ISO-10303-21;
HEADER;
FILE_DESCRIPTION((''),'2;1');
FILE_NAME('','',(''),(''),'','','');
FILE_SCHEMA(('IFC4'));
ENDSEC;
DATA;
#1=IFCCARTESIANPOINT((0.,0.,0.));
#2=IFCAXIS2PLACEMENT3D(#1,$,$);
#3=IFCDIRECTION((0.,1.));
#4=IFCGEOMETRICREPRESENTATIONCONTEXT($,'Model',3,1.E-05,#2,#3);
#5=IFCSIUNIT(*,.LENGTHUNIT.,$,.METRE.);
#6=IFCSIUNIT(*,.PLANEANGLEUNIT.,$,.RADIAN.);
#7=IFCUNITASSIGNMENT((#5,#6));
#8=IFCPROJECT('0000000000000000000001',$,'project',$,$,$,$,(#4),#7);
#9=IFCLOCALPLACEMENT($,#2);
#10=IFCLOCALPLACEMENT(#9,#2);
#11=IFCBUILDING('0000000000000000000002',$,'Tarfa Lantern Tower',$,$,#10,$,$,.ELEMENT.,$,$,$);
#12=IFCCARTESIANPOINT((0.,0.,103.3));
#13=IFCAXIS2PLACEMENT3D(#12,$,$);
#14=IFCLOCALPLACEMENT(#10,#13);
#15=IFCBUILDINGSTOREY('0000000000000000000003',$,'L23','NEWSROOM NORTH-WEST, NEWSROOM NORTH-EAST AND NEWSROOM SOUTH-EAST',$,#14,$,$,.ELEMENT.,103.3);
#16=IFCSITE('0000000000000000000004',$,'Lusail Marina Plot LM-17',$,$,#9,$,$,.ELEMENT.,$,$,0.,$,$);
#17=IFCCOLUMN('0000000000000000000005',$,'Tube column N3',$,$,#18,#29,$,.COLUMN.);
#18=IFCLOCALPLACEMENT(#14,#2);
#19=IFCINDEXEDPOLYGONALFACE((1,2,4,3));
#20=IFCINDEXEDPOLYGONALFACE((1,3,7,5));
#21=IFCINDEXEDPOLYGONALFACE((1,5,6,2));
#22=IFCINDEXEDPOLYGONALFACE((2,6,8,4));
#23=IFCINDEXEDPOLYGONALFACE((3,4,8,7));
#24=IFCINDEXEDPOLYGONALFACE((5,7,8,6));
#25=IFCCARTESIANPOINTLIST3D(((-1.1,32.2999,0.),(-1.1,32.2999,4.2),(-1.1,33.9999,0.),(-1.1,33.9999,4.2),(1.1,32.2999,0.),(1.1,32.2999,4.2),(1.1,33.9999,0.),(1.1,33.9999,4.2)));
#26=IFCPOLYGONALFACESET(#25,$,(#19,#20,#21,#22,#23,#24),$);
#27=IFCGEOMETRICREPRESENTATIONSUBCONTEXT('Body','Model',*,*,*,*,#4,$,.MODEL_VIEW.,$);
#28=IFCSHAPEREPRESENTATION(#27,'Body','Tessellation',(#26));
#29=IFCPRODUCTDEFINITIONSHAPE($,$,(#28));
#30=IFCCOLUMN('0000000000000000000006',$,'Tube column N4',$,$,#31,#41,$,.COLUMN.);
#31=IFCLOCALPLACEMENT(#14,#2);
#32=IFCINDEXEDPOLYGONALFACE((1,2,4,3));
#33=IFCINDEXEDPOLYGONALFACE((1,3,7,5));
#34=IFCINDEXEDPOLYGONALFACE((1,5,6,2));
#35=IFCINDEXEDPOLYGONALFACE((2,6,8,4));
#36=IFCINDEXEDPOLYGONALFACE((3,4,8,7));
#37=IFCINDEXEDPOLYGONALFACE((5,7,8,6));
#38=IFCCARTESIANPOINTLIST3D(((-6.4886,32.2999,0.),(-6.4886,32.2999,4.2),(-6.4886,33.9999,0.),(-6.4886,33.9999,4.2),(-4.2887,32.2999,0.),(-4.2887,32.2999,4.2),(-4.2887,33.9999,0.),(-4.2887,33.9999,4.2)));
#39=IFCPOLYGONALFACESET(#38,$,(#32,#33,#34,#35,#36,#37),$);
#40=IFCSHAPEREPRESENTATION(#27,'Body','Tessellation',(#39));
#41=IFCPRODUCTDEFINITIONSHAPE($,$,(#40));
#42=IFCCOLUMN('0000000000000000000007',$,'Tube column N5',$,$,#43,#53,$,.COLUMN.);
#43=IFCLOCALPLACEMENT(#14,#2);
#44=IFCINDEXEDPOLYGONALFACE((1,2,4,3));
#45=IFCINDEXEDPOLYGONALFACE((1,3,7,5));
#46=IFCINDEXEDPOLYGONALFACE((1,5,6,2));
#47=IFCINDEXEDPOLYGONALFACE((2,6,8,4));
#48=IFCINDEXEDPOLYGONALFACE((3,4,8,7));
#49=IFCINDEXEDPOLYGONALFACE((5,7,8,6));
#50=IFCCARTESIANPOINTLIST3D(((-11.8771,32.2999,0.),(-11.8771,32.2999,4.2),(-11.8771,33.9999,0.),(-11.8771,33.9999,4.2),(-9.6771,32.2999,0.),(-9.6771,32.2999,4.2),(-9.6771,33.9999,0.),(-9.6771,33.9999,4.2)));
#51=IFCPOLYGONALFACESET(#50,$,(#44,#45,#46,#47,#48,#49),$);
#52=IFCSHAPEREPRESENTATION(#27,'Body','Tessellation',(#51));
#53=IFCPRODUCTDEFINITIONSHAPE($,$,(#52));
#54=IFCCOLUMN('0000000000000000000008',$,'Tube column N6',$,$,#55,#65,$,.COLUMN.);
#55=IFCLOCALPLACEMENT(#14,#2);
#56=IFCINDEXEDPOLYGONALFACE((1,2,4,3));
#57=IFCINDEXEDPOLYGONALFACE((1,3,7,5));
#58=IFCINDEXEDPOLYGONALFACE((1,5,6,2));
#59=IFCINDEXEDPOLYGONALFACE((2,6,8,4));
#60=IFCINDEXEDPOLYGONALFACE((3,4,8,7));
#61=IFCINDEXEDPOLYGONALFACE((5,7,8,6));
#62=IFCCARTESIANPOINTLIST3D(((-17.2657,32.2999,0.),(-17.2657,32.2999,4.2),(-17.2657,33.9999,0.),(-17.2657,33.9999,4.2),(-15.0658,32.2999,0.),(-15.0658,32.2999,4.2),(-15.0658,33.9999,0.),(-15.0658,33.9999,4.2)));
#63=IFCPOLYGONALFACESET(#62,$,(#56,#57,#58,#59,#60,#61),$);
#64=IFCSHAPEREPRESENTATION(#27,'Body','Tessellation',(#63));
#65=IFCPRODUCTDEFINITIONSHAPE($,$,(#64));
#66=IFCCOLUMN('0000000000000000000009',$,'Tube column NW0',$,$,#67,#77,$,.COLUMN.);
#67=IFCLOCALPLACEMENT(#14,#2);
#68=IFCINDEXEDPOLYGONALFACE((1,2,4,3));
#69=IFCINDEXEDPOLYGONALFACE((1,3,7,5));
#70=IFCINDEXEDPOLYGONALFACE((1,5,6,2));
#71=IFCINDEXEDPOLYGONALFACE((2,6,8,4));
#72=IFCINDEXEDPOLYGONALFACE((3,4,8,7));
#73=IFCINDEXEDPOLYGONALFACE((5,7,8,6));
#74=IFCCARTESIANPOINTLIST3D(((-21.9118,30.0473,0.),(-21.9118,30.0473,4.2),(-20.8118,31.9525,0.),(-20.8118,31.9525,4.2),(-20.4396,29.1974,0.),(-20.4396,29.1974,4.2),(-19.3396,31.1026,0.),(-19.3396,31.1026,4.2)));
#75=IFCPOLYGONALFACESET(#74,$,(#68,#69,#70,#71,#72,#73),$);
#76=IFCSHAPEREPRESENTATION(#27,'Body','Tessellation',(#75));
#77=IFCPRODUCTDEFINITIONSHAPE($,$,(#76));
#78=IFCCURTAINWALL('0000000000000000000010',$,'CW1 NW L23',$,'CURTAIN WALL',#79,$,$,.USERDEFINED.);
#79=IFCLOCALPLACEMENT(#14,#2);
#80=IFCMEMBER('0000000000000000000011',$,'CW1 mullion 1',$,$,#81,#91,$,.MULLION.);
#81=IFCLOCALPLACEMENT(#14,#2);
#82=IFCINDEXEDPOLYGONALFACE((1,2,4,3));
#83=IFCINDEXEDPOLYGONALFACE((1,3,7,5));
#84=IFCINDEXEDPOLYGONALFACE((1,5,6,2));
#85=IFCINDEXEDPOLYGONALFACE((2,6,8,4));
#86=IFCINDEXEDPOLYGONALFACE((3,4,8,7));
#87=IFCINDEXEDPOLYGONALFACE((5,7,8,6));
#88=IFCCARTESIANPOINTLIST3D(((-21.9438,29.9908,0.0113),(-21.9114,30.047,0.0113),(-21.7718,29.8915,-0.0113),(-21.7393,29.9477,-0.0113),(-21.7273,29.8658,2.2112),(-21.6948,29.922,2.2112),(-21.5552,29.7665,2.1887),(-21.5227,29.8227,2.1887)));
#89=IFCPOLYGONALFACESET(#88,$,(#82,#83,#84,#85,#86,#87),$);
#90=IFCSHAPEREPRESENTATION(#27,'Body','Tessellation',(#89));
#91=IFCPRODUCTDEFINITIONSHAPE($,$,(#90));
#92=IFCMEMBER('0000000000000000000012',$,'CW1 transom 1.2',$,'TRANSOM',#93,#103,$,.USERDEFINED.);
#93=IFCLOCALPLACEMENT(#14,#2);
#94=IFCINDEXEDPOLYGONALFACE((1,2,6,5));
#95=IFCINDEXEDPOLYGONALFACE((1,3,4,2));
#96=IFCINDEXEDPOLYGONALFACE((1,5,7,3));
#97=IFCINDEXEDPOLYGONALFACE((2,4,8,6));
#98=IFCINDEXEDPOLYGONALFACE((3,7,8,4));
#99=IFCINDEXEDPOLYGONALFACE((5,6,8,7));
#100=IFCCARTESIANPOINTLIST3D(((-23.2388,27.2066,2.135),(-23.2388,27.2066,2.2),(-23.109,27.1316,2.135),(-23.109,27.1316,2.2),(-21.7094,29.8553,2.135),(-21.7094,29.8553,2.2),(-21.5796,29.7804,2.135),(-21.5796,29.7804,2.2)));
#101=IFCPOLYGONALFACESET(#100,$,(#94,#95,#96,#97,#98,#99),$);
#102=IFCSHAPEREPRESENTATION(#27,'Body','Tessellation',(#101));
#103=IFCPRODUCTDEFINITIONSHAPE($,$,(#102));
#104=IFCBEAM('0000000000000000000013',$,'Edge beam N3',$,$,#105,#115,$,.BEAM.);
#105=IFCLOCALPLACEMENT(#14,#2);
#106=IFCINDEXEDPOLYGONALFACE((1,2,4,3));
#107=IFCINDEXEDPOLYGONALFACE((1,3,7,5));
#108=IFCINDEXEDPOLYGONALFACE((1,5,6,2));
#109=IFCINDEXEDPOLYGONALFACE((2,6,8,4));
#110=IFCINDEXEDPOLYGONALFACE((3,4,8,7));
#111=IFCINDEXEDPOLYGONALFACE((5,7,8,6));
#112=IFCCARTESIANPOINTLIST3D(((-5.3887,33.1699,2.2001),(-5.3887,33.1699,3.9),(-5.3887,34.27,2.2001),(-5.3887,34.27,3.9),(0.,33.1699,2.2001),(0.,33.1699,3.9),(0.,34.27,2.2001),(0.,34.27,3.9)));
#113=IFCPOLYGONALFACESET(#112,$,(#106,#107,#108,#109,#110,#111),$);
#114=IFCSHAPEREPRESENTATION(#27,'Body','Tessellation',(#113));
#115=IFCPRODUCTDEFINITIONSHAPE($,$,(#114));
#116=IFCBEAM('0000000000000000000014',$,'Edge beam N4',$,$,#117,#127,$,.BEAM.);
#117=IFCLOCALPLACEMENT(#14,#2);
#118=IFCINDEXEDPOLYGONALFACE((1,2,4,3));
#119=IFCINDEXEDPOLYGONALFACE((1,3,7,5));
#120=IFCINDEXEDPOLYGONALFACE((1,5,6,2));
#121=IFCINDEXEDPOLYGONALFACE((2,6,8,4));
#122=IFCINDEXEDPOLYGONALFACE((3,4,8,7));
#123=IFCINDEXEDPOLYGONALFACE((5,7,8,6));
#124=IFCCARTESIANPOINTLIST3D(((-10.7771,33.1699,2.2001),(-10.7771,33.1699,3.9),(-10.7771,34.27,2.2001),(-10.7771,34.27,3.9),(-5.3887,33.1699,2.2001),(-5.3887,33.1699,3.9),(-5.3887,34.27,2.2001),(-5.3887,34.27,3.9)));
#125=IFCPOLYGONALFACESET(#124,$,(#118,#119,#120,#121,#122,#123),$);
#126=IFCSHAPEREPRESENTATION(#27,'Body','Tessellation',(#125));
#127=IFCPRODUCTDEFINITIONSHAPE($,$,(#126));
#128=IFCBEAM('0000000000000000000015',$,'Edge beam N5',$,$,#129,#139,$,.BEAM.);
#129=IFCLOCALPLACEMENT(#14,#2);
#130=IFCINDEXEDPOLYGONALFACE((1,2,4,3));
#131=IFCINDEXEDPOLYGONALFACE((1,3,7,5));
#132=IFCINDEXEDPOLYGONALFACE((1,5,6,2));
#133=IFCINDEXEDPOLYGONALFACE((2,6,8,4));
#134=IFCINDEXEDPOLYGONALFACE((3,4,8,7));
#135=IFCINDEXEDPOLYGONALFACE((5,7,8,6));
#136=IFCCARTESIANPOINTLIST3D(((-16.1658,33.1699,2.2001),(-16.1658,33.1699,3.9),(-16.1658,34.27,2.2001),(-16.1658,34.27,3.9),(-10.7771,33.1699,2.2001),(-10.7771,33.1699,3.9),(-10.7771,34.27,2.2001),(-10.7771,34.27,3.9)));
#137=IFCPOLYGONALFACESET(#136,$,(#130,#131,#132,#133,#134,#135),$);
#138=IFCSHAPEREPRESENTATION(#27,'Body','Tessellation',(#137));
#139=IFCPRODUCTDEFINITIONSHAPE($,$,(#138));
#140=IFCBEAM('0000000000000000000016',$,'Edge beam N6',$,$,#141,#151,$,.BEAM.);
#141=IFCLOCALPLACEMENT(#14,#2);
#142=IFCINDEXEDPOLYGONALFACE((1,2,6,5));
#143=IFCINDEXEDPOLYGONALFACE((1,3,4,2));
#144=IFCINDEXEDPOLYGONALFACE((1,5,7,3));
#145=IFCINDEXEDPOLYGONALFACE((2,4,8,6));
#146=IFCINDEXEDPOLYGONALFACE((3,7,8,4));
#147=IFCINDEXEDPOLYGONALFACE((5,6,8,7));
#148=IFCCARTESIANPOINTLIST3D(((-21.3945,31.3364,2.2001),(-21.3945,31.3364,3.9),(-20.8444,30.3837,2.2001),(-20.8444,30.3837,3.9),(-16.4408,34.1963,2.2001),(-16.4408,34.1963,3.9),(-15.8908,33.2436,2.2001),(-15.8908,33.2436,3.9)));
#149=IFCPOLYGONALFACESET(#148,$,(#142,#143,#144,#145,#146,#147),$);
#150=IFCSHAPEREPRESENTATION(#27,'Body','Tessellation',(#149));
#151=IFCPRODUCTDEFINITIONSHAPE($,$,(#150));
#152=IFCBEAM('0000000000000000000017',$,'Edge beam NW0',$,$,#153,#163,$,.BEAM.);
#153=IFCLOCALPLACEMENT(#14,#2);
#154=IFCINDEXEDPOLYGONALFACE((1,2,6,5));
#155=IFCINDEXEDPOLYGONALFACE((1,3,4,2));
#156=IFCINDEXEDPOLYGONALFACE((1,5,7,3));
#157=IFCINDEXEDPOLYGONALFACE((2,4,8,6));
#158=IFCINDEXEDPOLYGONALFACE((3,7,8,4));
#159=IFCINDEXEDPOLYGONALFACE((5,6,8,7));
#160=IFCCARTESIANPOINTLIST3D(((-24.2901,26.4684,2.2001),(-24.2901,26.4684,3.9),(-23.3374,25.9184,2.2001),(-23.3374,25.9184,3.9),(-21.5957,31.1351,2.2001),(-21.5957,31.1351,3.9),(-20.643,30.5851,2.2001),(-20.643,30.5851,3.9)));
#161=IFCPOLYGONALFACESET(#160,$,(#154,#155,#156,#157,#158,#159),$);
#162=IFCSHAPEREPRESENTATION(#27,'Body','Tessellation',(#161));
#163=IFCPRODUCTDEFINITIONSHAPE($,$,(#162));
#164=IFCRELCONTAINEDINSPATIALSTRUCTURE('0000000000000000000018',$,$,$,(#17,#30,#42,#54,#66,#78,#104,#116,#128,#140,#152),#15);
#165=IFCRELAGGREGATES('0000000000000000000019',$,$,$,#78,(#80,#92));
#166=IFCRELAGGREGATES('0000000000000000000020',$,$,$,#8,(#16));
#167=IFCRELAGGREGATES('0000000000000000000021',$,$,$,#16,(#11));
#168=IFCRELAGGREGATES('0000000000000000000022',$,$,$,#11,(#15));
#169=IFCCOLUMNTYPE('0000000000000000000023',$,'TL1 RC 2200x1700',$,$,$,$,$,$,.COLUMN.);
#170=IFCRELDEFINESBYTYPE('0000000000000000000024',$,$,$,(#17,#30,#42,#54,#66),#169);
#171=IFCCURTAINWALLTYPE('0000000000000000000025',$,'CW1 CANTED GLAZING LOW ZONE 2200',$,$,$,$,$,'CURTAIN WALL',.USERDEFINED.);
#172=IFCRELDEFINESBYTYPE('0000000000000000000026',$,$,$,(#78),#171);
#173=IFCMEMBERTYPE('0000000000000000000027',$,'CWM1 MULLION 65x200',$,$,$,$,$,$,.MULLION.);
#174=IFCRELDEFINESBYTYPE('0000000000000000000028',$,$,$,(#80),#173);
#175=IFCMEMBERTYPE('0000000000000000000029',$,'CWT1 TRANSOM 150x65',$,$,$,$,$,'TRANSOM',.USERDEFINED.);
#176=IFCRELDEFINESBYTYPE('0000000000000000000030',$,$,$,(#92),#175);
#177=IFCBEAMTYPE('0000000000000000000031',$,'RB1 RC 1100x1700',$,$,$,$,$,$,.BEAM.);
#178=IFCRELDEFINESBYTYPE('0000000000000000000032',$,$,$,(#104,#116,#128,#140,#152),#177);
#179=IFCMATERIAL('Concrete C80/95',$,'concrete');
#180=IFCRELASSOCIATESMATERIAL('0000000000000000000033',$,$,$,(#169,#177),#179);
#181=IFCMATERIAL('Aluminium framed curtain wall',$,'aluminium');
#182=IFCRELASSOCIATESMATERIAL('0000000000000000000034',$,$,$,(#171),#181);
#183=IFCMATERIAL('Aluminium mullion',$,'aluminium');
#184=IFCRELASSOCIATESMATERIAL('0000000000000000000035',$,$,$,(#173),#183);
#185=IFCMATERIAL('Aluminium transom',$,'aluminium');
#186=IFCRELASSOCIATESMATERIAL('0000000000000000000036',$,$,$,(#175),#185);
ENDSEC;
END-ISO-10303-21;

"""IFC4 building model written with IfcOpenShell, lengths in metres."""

from ifc_helpers import new_model, si_unit, direction, frame, origin, origin_2d, place, context, subcontext, project, spatial, rectangle, extrude, material, material_profile, profile_set, type_object, element, aggregate, save


model = new_model("IFC4")

# Units and contexts
model_context = context("Model", 3, precision=1e-05, world=origin(), true_north=direction((0.0, 1.0)))
body_context = subcontext(model_context, "Body", "Model", "MODEL_VIEW")
ifc_project = project(units=[si_unit("LENGTHUNIT", "METRE"), si_unit("PLANEANGLEUNIT", "RADIAN")], contexts=[model_context])

# Site, building, storey
site_placement = place(None, origin())
site = spatial("IfcSite", under=ifc_project, at=site_placement, Name="Lusail Marina Plot LM-17", CompositionType="ELEMENT", RefElevation=0.0)
building_placement = place(site_placement, origin())
building = spatial("IfcBuilding", under=site, at=building_placement, Name="Tarfa Lantern Tower", CompositionType="ELEMENT")
storey_placement = place(building_placement, frame((0.0, 0.0, 103.3)))
storey = spatial("IfcBuildingStorey", under=building, at=storey_placement, Name="L23", Description="NEWSROOM NORTH-WEST, NEWSROOM NORTH-EAST AND NEWSROOM SOUTH-EAST", CompositionType="ELEMENT", Elevation=103.3)

# Columns
ifc_material_1 = material(Name="Concrete C80/95", Category="concrete")
ifc_material_profile_1 = material_profile(ifc_material_1, rectangle(XDim=2.2, YDim=1.7, at=origin_2d()), Name="RC 2200x1700")
ifc_profile_set_1 = profile_set([ifc_material_profile_1], Name="Concrete C80/95")
column_type = type_object("IfcColumnType", Name="TL1 RC 2200x1700", PredefinedType="COLUMN", material=ifc_profile_set_1)
for number, where, z_axis, x_axis, name in (
    (1, (0.0, 33.1499, 0.0), (0.0, 0.0, 1.0), (-1.0, 0.0, 0.0), "Tube column N3"),
    (2, (-5.3887, 33.1499, 0.0), (0.0, 0.0, 1.0), (-1.0, 0.0, 0.0), "Tube column N4"),
    (3, (-10.7771, 33.1499, 0.0), (0.0, 0.0, 1.0), (-1.0, 0.0, 0.0), "Tube column N5"),
    (4, (-16.1658, 33.1499, 0.0), (0.0, 0.0, 1.0), (-1.0, 0.0, 0.0), "Tube column N6"),
    (5, (-20.6257, 30.575, 0.0), (0.0, 0.0, 1.0), (-0.5, -0.866025, 0.0), "Tube column NW0"),
):
    element("IfcColumn", number, at=place(storey_placement, frame(where, z_axis=z_axis, x_axis=x_axis)), inside=storey, type_object=column_type, Name=name, PredefinedType="COLUMN", context=body_context, shape_type="SweptSolid", body=[
        extrude(rectangle(XDim=2.2, YDim=1.7, at=origin_2d()), origin(), (0.0, 0.0, 1.0), 4.2),
    ])

# Curtain wall, members
ifc_material_2 = material(Name="Aluminium framed curtain wall", Category="aluminium")
curtain_wall_type = type_object("IfcCurtainWallType", Name="CW1 CANTED GLAZING LOW ZONE 2200", ElementType="CURTAIN WALL", PredefinedType="USERDEFINED", material=ifc_material_2)
curtain_wall_placement = place(storey_placement, origin())
curtain_wall = element("IfcCurtainWall", 6, at=curtain_wall_placement, inside=storey, type_object=curtain_wall_type, Name="CW1 NW L23", ObjectType="CURTAIN WALL", PredefinedType="USERDEFINED")
ifc_material_3 = material(Name="Aluminium mullion", Category="aluminium")
ifc_material_profile_2 = material_profile(ifc_material_3, rectangle(XDim=0.0649, YDim=0.2, at=origin_2d()), Name="AL MULLION 65x200")
ifc_profile_set_2 = profile_set([ifc_material_profile_2], Name="Aluminium mullion")
member_type_1 = type_object("IfcMemberType", Name="CWM1 MULLION 65x200", PredefinedType="MULLION", material=ifc_profile_set_2)
member_1_placement = place(storey_placement, frame((-21.8416, 29.9692, 0.0), z_axis=(0.097806, -0.056456, 0.993603), x_axis=(0.49992, 0.866072, 0.0)))
member_1 = element("IfcMember", 7, at=member_1_placement, type_object=member_type_1, Name="CW1 mullion 1", PredefinedType="MULLION", context=body_context, shape_type="SweptSolid", body=[
    extrude(rectangle(XDim=0.0649, YDim=0.2, at=origin_2d()), origin(), (0.0, 0.0, 1.0), 2.2141),
])
ifc_material_4 = material(Name="Aluminium transom", Category="aluminium")
ifc_material_profile_3 = material_profile(ifc_material_4, rectangle(XDim=0.1499, YDim=0.0649, at=origin_2d()), Name="AL TRANSOM 150x65")
ifc_profile_set_3 = profile_set([ifc_material_profile_3], Name="Aluminium transom")
member_type_2 = type_object("IfcMemberType", Name="CWT1 TRANSOM 150x65", ElementType="TRANSOM", PredefinedType="USERDEFINED", material=ifc_profile_set_3)
member_2_placement = place(storey_placement, frame((-21.6445, 29.8179, 2.1675), z_axis=(-0.50002, -0.866014, 0.0), x_axis=(0.866014, -0.50002, 0.0)))
member_2 = element("IfcMember", 8, at=member_2_placement, type_object=member_type_2, Name="CW1 transom 1.2", ObjectType="TRANSOM", PredefinedType="USERDEFINED", context=body_context, shape_type="SweptSolid", body=[
    extrude(rectangle(XDim=0.1499, YDim=0.0649, at=origin_2d()), origin(), (0.0, 0.0, 1.0), 3.0586),
])
aggregate(curtain_wall, [member_1, member_2])

# Beams
ifc_material_profile_4 = material_profile(ifc_material_1, rectangle(XDim=1.1001, YDim=1.7, at=origin_2d()), Name="RC 1100x1700")
ifc_profile_set_4 = profile_set([ifc_material_profile_4], Name="Concrete C80/95")
beam_type_1 = type_object("IfcBeamType", Name="RB1 RC 1100x1700", PredefinedType="BEAM", material=ifc_profile_set_4)
beam_1_placement = place(storey_placement, frame((0.0, 33.72, 3.05), z_axis=(-1.0, 0.0, 0.0), x_axis=(0.0, -1.0, 0.0)))
element("IfcBeam", 9, at=beam_1_placement, inside=storey, type_object=beam_type_1, Name="Edge beam N3", PredefinedType="BEAM", context=body_context, shape_type="SweptSolid", body=[
    extrude(rectangle(XDim=1.1001, YDim=1.7, at=origin_2d()), origin(), (0.0, 0.0, 1.0), 5.3887),
])
beam_2_placement = place(storey_placement, frame((-5.3887, 33.72, 3.05), z_axis=(-1.0, 0.0, 0.0), x_axis=(0.0, -1.0, 0.0)))
element("IfcBeam", 10, at=beam_2_placement, inside=storey, type_object=beam_type_1, Name="Edge beam N4", PredefinedType="BEAM", context=body_context, shape_type="SweptSolid", body=[
    extrude(rectangle(XDim=1.1001, YDim=1.7, at=origin_2d()), origin(), (0.0, 0.0, 1.0), 5.3884),
])
beam_3_placement = place(storey_placement, frame((-10.7771, 33.72, 3.05), z_axis=(-1.0, 0.0, 0.0), x_axis=(0.0, -1.0, 0.0)))
element("IfcBeam", 11, at=beam_3_placement, inside=storey, type_object=beam_type_1, Name="Edge beam N5", PredefinedType="BEAM", context=body_context, shape_type="SweptSolid", body=[
    extrude(rectangle(XDim=1.1001, YDim=1.7, at=origin_2d()), origin(), (0.0, 0.0, 1.0), 5.3887),
])
beam_4_placement = place(storey_placement, frame((-16.1658, 33.72, 3.05), z_axis=(-0.866033, -0.499986, 0.0), x_axis=(0.499986, -0.866033, 0.0)))
element("IfcBeam", 12, at=beam_4_placement, inside=storey, type_object=beam_type_1, Name="Edge beam N6", PredefinedType="BEAM", context=body_context, shape_type="SweptSolid", body=[
    extrude(rectangle(XDim=1.1001, YDim=1.7, at=origin_2d()), origin(), (0.0, 0.0, 1.0), 5.72),
])
beam_5_placement = place(storey_placement, frame((-21.1194, 30.8601, 3.05), z_axis=(-0.499998, -0.866026, 0.0), x_axis=(0.866026, -0.499998, 0.0)))
element("IfcBeam", 13, at=beam_5_placement, inside=storey, type_object=beam_type_1, Name="Edge beam NW0", PredefinedType="BEAM", context=body_context, shape_type="SweptSolid", body=[
    extrude(rectangle(XDim=1.1001, YDim=1.7, at=origin_2d()), origin(), (0.0, 0.0, 1.0), 5.3887),
])

save(model, "model.ifc")
